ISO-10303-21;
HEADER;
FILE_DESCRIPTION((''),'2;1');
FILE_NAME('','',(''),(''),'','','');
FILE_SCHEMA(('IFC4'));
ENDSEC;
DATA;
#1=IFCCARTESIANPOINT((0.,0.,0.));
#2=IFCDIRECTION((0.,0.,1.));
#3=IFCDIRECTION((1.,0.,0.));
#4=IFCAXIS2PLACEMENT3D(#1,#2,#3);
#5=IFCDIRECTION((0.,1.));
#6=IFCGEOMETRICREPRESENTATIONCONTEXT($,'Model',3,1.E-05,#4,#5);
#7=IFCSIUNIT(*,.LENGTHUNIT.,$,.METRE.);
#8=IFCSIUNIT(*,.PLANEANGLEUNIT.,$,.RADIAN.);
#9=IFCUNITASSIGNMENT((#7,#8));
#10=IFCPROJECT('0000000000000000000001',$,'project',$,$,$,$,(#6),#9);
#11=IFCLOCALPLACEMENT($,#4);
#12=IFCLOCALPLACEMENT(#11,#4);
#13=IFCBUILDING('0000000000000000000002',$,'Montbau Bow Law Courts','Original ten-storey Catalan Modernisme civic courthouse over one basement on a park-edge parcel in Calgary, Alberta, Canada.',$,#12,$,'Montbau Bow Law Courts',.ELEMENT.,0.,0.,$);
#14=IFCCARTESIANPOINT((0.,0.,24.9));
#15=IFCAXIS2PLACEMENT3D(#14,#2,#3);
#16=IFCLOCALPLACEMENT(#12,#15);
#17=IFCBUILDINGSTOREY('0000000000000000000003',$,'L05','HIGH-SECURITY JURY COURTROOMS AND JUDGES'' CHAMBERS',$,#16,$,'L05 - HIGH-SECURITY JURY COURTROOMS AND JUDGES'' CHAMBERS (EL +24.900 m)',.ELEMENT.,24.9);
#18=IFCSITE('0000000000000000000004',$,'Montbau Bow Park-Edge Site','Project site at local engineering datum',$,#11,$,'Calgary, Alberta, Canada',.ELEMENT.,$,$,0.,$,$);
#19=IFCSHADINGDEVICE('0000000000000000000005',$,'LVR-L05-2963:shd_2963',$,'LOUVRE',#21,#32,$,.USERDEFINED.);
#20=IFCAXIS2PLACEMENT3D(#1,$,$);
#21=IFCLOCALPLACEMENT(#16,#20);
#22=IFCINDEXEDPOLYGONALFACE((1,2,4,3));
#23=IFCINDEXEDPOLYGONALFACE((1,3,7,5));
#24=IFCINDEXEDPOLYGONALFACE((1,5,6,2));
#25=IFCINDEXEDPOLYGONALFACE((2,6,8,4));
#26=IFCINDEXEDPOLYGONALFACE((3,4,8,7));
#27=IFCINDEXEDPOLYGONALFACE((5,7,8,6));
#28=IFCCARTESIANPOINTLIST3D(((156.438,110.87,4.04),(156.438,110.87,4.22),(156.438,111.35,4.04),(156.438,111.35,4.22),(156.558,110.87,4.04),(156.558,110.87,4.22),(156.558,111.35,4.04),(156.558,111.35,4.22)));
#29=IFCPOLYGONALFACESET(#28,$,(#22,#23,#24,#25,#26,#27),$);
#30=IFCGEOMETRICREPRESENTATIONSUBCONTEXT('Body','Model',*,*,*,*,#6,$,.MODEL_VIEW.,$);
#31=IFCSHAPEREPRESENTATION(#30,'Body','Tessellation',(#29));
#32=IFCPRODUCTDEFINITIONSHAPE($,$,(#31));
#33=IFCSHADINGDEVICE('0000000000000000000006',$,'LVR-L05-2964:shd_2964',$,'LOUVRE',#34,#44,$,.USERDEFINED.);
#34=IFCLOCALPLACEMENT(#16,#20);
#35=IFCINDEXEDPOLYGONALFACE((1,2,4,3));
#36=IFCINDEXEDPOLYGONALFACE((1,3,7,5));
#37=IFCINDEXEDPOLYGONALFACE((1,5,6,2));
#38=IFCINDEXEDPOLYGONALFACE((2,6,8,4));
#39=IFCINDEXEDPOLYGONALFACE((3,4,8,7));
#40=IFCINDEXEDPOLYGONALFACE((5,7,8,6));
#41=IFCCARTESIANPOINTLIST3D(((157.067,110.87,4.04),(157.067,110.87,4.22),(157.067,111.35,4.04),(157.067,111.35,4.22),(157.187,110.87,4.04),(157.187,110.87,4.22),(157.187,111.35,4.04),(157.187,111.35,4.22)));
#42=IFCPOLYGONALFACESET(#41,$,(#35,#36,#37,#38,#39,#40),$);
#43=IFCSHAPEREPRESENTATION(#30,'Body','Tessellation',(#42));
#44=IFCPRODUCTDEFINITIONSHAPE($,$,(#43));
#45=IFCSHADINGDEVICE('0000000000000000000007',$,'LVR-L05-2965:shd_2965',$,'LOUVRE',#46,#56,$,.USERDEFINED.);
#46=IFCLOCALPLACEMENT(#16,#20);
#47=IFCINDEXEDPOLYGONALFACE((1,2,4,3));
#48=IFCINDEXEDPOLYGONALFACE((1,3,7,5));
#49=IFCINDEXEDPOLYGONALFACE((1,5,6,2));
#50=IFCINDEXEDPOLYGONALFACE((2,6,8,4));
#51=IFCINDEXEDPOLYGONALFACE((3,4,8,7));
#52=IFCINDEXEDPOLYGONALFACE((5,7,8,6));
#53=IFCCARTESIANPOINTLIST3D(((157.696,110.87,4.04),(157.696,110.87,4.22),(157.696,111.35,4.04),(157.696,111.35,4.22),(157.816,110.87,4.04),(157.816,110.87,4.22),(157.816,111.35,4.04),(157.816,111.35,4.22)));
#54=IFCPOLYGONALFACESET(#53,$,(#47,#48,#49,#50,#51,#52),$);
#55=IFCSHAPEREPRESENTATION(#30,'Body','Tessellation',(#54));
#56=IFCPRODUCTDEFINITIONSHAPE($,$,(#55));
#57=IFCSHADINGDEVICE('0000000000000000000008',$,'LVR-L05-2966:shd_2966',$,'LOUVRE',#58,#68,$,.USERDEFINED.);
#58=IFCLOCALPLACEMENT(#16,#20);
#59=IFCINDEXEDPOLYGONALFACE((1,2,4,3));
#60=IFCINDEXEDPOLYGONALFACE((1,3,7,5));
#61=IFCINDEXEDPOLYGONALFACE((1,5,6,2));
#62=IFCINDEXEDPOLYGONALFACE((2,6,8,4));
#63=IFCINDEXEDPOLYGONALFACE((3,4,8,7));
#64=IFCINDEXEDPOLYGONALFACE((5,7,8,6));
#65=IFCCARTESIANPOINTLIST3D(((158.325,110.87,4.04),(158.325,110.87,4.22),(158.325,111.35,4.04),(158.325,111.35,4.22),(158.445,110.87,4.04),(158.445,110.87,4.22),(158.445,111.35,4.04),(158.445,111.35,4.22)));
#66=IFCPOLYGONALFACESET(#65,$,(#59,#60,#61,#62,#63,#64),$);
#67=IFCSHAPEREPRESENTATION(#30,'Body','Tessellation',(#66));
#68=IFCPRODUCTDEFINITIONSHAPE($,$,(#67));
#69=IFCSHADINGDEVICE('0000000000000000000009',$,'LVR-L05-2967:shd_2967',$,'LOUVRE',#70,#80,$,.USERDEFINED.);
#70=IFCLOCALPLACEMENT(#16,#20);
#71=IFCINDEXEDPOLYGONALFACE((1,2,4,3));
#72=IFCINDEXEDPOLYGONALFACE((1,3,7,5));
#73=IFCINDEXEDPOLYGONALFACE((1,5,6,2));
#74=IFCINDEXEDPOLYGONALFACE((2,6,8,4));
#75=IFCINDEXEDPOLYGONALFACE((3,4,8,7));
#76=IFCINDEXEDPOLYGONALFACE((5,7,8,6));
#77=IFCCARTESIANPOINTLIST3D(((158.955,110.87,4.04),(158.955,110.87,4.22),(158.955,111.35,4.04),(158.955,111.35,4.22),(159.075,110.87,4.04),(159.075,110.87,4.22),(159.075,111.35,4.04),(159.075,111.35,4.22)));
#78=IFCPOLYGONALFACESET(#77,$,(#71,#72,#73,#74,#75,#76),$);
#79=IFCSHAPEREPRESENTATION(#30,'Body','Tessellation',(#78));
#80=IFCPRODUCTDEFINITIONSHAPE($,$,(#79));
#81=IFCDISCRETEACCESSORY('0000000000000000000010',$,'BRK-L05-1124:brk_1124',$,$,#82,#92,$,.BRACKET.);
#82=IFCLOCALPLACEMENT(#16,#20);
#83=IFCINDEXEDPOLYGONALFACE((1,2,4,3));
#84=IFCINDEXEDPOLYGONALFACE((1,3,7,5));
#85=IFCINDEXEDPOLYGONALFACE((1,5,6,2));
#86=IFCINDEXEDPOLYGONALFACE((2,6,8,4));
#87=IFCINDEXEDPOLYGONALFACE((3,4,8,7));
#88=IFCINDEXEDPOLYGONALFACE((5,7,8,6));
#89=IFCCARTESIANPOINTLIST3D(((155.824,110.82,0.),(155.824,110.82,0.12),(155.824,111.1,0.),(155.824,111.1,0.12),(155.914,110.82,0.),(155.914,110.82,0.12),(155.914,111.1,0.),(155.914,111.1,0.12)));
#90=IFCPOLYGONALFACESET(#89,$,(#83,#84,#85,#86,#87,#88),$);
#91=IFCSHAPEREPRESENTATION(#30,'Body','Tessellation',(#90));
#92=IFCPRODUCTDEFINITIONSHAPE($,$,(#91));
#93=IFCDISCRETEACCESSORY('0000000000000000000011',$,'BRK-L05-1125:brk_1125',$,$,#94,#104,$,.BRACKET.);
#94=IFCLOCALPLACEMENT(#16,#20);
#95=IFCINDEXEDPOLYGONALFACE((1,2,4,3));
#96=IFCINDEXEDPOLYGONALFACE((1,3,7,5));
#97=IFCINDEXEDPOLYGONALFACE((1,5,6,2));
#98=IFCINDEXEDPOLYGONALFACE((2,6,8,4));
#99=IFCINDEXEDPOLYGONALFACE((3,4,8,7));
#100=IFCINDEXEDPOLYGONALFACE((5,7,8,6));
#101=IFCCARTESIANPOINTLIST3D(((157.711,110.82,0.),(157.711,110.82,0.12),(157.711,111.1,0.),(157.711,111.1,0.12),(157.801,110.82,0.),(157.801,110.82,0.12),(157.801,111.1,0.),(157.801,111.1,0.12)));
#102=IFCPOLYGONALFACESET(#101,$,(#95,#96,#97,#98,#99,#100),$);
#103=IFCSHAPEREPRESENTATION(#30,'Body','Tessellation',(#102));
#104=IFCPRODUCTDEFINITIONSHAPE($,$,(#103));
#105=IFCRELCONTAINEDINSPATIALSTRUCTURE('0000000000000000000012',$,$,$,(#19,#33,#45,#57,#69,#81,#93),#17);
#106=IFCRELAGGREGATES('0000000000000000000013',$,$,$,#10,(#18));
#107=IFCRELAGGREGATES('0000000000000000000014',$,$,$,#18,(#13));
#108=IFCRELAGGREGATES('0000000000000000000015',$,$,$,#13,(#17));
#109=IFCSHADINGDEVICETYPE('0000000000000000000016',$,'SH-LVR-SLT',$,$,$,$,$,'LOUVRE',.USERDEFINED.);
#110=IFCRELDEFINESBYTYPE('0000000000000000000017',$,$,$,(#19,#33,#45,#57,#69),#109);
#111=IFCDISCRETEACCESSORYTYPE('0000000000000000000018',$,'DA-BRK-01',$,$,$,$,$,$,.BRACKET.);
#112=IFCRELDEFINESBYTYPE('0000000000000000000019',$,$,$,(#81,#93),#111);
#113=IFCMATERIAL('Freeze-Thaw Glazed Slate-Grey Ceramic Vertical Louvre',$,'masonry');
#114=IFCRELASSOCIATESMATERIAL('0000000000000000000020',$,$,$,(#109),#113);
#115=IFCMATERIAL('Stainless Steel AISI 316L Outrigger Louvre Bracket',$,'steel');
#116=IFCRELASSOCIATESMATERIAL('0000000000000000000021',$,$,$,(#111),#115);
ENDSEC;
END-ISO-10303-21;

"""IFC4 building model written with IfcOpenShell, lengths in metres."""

from ifc_helpers import new_model, si_unit, direction, frame, origin_with_axes, origin_2d_with_axis, place, context, subcontext, project, spatial, rectangle, extrude, material, type_object, element, save


model = new_model("IFC4")

# Units and contexts
model_context = context("Model", 3, precision=1e-05, world=origin_with_axes(), true_north=direction((0.0, 1.0)))
body_context = subcontext(model_context, "Body", "Model", "MODEL_VIEW")
ifc_project = project(units=[si_unit("LENGTHUNIT", "METRE"), si_unit("PLANEANGLEUNIT", "RADIAN")], contexts=[model_context])

# Site, building, storey
site_placement = place(None, origin_with_axes())
site = spatial("IfcSite", under=ifc_project, at=site_placement, Name="Montbau Bow Park-Edge Site", Description="Project site at local engineering datum", LongName="Calgary, Alberta, Canada", CompositionType="ELEMENT", RefElevation=0.0)
building_placement = place(site_placement, origin_with_axes())
building = spatial("IfcBuilding", under=site, at=building_placement, Name="Montbau Bow Law Courts", Description="Original ten-storey Catalan Modernisme civic courthouse over one basement on a park-edge parcel in Calgary, Alberta, Canada.", LongName="Montbau Bow Law Courts", CompositionType="ELEMENT", ElevationOfRefHeight=0.0, ElevationOfTerrain=0.0)
storey_placement = place(building_placement, frame((0.0, 0.0, 24.9), z_axis=(0.0, 0.0, 1.0), x_axis=(1.0, 0.0, 0.0)))
storey = spatial("IfcBuildingStorey", under=building, at=storey_placement, Name="L05", Description="HIGH-SECURITY JURY COURTROOMS AND JUDGES' CHAMBERS", LongName="L05 - HIGH-SECURITY JURY COURTROOMS AND JUDGES' CHAMBERS (EL +24.900 m)", CompositionType="ELEMENT", Elevation=24.9)

# Shared definitions
ifc_material_1 = material(Name="Freeze-Thaw Glazed Slate-Grey Ceramic Vertical Louvre", Category="masonry")

# Shading devices
shading_device_type = type_object("IfcShadingDeviceType", Name="SH-LVR-SLT", ElementType="LOUVRE", PredefinedType="USERDEFINED", material=ifc_material_1)
for number, where, z_axis, x_axis, name in (
    (1, (156.498, 111.11, 28.94), (0.0, 0.0, 1.0), (0.0, 1.0, 0.0), "LVR-L05-2963:shd_2963"),
    (2, (157.127, 111.11, 28.94), (0.0, 0.0, 1.0), (0.0, 1.0, 0.0), "LVR-L05-2964:shd_2964"),
    (3, (157.756, 111.11, 28.94), (0.0, 0.0, 1.0), (0.0, 1.0, 0.0), "LVR-L05-2965:shd_2965"),
    (4, (158.385, 111.11, 28.94), (0.0, 0.0, 1.0), (0.0, 1.0, 0.0), "LVR-L05-2966:shd_2966"),
    (5, (159.015, 111.11, 28.94), (0.0, 0.0, 1.0), (0.0, 1.0, 0.0), "LVR-L05-2967:shd_2967"),
):
    element("IfcShadingDevice", number, at=place(None, frame(where, z_axis=z_axis, x_axis=x_axis)), inside=storey, type_object=shading_device_type, Name=name, ObjectType="LOUVRE", PredefinedType="USERDEFINED", context=body_context, shape_type="SweptSolid", body=[
        extrude(rectangle(XDim=0.48, YDim=0.12, at=origin_2d_with_axis()), origin_with_axes(), (0.0, 0.0, 1.0), 0.18),
    ])

# Discrete accessories
ifc_material_2 = material(Name="Stainless Steel AISI 316L Outrigger Louvre Bracket", Category="steel")
discrete_accessory_type = type_object("IfcDiscreteAccessoryType", Name="DA-BRK-01", PredefinedType="BRACKET", material=ifc_material_2)
for number, where, z_axis, x_axis, name in (
    (6, (155.869, 110.96, 24.9), (0.0, 0.0, 1.0), (0.0, 1.0, 0.0), "BRK-L05-1124:brk_1124"),
    (7, (157.756, 110.96, 24.9), (0.0, 0.0, 1.0), (0.0, 1.0, 0.0), "BRK-L05-1125:brk_1125"),
):
    element("IfcDiscreteAccessory", number, at=place(None, frame(where, z_axis=z_axis, x_axis=x_axis)), inside=storey, type_object=discrete_accessory_type, Name=name, PredefinedType="BRACKET", context=body_context, shape_type="SweptSolid", body=[
        extrude(rectangle(XDim=0.28, YDim=0.09, at=origin_2d_with_axis()), origin_with_axes(), (0.0, 0.0, 1.0), 0.12),
    ])

save(model, "model.ifc")
